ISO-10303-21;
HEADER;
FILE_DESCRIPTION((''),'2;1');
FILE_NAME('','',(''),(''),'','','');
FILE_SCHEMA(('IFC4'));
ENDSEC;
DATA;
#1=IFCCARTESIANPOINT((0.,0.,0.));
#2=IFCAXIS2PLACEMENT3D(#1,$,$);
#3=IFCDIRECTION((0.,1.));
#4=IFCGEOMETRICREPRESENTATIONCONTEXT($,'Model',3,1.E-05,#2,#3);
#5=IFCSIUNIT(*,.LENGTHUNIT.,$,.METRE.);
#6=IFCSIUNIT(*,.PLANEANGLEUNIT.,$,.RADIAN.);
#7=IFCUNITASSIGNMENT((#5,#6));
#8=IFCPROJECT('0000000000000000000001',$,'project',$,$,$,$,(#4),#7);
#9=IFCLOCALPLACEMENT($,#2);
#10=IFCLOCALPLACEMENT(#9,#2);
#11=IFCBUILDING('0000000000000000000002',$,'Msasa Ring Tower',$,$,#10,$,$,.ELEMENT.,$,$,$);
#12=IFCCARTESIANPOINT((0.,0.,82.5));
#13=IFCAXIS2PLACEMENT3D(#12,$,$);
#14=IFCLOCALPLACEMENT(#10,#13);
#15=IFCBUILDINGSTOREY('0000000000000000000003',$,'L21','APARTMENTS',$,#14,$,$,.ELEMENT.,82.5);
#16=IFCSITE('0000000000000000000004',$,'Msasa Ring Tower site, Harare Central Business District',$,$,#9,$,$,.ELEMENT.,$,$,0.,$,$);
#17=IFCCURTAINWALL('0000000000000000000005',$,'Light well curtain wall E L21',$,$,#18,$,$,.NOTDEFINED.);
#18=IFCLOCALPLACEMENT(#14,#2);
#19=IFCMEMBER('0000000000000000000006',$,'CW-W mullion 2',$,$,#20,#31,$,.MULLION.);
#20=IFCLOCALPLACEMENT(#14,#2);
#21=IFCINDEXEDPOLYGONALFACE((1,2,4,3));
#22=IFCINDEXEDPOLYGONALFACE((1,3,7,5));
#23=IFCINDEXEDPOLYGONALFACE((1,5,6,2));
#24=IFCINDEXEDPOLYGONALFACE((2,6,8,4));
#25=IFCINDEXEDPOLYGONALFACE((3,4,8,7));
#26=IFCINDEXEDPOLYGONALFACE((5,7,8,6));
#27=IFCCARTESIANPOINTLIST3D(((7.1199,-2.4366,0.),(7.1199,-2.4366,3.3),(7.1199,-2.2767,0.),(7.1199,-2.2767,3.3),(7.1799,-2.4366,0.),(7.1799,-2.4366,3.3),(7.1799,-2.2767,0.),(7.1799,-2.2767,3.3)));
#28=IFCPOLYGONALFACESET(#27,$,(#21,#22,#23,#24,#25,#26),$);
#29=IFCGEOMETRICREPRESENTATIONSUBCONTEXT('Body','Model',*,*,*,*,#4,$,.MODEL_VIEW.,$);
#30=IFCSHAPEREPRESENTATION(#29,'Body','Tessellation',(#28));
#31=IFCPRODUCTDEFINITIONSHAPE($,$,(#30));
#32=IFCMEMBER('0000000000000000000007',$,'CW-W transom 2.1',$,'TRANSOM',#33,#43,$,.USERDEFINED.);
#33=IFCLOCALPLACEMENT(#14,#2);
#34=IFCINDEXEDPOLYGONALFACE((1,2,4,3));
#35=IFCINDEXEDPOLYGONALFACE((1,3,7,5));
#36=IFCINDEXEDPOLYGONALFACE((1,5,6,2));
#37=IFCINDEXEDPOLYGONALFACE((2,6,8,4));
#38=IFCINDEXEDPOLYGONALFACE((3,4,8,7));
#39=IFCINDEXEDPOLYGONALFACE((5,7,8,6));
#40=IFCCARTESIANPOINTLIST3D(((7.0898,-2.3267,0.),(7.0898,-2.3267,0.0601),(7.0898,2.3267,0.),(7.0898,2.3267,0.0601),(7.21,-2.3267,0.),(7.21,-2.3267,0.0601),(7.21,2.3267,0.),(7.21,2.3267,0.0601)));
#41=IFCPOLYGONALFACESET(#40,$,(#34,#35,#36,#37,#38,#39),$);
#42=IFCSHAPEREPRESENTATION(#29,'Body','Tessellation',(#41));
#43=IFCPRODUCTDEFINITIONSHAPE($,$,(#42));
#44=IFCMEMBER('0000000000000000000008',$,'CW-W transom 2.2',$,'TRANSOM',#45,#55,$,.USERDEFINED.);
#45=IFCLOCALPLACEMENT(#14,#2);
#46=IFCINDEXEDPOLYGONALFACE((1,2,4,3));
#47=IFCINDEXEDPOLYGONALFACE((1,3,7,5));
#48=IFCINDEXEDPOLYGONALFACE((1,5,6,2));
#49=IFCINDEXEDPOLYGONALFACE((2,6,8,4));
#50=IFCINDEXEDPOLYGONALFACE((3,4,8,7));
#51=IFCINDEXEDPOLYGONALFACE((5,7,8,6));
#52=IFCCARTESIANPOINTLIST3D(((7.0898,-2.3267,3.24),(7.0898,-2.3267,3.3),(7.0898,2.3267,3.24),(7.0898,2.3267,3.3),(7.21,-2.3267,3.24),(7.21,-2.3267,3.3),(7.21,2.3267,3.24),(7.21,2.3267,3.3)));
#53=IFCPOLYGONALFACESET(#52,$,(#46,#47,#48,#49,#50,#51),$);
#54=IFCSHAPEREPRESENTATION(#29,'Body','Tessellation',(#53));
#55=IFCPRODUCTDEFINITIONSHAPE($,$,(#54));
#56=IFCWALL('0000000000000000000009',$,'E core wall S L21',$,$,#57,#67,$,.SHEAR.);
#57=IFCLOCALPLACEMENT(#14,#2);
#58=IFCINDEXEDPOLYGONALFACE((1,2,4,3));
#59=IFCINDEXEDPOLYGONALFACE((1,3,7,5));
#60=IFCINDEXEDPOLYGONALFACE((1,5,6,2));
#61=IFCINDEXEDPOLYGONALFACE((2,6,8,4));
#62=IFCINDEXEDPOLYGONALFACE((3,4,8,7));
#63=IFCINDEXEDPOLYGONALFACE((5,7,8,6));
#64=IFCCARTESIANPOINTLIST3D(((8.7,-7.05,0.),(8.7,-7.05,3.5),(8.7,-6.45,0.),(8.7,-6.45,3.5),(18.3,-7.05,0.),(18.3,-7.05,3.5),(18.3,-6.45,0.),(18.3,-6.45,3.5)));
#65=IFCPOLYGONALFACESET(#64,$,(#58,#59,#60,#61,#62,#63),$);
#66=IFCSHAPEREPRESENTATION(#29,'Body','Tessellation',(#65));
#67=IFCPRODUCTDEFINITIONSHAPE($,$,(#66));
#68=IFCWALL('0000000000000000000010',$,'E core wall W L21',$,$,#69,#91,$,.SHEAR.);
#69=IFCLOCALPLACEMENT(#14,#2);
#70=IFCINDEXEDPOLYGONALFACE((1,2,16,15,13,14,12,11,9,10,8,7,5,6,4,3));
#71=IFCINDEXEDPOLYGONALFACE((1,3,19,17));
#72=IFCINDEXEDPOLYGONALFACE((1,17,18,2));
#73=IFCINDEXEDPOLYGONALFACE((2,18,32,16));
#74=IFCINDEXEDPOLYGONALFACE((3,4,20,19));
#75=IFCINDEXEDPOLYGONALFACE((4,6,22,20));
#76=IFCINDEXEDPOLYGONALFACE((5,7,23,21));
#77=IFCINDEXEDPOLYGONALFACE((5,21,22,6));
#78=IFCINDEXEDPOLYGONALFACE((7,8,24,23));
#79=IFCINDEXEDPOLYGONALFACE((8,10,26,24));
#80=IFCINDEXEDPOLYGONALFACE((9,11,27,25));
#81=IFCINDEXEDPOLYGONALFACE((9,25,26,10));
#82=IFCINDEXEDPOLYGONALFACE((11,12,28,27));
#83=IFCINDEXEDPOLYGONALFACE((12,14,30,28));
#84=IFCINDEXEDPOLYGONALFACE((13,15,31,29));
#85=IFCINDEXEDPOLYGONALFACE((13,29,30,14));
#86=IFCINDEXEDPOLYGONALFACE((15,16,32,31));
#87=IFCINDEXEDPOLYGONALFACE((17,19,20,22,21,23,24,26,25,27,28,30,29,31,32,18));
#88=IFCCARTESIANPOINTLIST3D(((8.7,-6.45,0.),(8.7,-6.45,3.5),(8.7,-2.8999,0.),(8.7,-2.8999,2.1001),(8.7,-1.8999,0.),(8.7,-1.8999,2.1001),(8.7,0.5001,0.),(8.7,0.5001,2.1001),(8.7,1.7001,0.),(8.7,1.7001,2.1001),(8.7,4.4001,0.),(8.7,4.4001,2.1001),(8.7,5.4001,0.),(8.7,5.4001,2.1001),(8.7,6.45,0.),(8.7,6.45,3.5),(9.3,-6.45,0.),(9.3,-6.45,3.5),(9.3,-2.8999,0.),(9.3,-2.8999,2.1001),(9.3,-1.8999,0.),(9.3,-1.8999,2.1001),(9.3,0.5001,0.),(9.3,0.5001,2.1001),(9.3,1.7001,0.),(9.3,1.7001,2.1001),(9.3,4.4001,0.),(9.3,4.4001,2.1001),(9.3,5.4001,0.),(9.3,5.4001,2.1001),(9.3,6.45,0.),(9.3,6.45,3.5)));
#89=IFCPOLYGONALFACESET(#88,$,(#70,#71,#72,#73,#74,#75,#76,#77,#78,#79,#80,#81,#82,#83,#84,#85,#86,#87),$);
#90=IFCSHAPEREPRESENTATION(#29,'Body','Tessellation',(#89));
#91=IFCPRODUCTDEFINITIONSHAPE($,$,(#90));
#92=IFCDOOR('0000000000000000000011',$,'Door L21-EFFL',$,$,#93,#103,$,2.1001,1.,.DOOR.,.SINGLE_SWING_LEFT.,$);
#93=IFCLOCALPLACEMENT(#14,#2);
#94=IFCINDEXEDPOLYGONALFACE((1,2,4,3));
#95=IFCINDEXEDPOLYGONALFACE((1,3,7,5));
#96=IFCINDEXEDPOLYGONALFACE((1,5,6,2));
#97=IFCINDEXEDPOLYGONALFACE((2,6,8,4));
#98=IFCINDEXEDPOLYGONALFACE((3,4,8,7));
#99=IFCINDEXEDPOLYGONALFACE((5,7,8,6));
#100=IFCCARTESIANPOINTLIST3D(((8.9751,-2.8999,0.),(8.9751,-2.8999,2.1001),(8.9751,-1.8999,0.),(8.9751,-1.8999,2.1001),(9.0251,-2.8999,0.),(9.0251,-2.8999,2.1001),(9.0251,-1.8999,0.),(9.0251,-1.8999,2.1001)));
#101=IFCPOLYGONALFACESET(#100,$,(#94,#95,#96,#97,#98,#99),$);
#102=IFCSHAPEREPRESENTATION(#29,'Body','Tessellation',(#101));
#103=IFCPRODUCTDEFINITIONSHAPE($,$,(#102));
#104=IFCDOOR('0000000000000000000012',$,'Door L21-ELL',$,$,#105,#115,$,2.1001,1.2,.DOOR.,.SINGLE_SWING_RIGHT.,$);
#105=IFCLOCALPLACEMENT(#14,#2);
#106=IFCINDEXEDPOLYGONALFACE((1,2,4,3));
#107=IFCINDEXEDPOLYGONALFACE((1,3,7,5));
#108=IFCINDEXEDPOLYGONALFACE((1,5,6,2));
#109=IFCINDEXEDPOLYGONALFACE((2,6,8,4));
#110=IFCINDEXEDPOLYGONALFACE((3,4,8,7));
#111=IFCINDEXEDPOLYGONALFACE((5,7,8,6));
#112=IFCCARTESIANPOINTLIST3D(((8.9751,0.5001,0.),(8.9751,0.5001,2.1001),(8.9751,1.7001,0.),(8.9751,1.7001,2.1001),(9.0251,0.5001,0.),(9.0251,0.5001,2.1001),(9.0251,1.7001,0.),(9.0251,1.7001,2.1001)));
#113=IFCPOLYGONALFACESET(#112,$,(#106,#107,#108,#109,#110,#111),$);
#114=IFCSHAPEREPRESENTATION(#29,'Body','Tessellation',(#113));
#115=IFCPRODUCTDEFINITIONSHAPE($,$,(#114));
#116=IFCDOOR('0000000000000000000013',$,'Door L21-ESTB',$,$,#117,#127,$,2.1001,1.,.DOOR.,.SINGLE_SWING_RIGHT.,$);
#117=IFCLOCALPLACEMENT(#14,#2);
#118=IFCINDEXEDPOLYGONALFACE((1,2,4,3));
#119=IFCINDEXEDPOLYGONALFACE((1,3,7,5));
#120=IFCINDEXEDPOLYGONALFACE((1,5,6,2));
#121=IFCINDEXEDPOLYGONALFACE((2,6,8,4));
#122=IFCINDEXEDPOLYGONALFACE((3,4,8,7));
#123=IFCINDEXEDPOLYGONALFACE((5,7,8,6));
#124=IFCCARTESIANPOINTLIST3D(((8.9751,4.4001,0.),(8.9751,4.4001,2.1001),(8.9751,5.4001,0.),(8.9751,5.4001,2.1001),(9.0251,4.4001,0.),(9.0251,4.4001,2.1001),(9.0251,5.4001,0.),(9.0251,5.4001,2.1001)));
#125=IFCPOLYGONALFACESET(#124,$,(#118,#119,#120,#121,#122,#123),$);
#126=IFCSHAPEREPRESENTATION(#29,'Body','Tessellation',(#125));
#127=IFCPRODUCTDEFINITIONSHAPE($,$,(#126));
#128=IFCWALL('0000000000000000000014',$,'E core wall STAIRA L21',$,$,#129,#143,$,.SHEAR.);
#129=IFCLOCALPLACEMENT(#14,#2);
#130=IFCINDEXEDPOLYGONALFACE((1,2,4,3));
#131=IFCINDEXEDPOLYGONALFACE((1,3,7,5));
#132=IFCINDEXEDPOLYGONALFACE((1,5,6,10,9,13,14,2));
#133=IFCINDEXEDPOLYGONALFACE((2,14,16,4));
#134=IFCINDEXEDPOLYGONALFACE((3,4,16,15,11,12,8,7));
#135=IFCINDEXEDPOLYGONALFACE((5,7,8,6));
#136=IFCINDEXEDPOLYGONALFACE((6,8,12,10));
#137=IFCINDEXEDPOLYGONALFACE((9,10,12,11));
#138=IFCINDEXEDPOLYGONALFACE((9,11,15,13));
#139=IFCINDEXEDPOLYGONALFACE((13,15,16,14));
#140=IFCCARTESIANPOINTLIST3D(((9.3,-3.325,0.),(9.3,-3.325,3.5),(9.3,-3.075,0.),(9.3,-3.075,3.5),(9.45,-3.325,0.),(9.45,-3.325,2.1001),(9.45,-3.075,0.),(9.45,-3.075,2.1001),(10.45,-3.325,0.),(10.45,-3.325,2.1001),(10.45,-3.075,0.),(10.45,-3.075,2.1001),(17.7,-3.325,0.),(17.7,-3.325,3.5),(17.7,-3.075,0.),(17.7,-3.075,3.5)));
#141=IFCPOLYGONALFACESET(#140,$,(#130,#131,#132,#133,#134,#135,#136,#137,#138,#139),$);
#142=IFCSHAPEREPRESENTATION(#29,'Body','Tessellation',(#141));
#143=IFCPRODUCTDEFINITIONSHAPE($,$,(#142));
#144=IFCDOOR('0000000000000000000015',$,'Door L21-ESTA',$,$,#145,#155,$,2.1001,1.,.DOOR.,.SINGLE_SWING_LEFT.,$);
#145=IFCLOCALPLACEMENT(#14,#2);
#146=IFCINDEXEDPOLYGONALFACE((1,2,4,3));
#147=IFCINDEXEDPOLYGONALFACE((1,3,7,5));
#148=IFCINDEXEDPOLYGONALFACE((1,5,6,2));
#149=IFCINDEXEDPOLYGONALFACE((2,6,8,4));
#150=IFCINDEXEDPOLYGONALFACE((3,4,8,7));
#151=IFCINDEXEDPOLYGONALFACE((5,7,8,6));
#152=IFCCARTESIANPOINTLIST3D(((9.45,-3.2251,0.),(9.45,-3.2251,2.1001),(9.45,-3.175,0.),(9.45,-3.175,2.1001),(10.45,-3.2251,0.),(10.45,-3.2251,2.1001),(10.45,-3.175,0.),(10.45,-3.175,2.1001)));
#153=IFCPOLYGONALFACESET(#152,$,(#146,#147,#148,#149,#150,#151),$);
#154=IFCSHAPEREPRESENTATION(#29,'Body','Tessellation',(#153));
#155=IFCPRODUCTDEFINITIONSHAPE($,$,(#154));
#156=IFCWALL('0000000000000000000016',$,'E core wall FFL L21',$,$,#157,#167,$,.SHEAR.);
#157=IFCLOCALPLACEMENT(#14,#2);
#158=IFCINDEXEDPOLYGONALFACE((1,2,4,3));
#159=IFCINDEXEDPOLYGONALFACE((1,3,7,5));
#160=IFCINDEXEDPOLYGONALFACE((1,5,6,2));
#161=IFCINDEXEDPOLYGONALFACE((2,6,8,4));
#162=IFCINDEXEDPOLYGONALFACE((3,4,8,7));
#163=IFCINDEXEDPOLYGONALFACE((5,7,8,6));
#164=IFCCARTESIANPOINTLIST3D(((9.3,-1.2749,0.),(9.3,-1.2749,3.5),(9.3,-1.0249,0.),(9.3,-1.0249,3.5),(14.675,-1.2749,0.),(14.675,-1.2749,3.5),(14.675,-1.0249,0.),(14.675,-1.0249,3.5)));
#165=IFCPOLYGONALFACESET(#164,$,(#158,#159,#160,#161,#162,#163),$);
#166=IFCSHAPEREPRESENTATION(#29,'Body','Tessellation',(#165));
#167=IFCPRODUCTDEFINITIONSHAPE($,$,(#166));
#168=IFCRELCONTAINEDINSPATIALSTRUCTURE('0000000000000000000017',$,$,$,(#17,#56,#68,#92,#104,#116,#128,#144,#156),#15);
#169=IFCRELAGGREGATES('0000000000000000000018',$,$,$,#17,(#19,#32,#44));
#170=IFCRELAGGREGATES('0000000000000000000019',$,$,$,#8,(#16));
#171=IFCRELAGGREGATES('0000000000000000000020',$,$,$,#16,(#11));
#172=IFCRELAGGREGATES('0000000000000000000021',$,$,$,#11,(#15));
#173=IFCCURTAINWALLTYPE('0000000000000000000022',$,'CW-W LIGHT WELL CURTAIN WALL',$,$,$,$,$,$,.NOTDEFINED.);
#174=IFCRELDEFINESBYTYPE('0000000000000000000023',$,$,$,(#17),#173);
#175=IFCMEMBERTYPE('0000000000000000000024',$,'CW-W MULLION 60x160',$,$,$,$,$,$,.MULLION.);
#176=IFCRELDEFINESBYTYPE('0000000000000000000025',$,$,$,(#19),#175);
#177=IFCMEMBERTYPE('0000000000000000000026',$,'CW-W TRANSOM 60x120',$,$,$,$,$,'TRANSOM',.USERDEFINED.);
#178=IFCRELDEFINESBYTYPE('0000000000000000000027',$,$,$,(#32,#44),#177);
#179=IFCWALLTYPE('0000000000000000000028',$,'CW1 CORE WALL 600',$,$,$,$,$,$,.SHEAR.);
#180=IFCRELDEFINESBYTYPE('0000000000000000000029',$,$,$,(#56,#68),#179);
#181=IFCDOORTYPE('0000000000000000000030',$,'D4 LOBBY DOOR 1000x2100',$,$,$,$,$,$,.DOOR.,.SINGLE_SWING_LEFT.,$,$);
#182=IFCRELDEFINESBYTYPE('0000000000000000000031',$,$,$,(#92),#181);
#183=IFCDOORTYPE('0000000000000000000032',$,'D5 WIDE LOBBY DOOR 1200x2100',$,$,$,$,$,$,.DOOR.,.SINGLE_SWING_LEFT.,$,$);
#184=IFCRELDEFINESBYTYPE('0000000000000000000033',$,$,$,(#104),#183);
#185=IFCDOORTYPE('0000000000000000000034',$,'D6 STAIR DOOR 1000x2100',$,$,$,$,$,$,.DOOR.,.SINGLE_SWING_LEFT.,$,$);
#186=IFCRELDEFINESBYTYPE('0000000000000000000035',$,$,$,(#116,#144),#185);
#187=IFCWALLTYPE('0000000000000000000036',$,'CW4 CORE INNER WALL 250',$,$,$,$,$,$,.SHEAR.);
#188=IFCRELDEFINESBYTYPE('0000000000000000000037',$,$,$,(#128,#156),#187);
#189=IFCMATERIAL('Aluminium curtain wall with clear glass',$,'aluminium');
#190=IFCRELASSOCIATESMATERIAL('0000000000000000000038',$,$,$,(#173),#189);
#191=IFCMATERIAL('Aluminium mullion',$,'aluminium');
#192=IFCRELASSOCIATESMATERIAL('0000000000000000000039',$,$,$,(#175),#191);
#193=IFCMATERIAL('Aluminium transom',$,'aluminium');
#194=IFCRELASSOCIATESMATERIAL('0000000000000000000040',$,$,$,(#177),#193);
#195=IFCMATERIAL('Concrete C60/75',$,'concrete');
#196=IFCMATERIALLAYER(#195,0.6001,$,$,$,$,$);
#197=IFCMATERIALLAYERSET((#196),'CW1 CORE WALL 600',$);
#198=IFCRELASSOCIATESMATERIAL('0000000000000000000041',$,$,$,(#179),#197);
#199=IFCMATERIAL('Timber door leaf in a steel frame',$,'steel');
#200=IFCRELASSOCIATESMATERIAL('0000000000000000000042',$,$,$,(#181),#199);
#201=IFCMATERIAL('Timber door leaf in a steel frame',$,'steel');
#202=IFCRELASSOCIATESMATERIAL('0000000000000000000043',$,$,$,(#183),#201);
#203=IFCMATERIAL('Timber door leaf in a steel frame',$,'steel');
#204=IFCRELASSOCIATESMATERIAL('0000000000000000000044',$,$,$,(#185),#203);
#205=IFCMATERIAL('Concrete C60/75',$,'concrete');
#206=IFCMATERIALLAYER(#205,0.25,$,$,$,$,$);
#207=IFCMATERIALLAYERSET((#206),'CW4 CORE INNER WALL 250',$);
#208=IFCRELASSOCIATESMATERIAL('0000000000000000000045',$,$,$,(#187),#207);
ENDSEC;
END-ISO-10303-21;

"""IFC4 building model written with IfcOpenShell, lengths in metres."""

from ifc_helpers import new_model, si_unit, direction, frame, frame_2d, origin, origin_2d, place, context, subcontext, project, spatial, rectangle, extrude, material, layer, layer_set, material_profile, profile_set, type_object, element, fill, aggregate, save


model = new_model("IFC4")

# Units and contexts
model_context = context("Model", 3, precision=1e-05, world=origin(), true_north=direction((0.0, 1.0)))
body_context = subcontext(model_context, "Body", "Model", "MODEL_VIEW")
ifc_project = project(units=[si_unit("LENGTHUNIT", "METRE"), si_unit("PLANEANGLEUNIT", "RADIAN")], contexts=[model_context])

# Site, building, storey
site_placement = place(None, origin())
site = spatial("IfcSite", under=ifc_project, at=site_placement, Name="Msasa Ring Tower site, Harare Central Business District", CompositionType="ELEMENT", RefElevation=0.0)
building_placement = place(site_placement, origin())
building = spatial("IfcBuilding", under=site, at=building_placement, Name="Msasa Ring Tower", CompositionType="ELEMENT")
storey_placement = place(building_placement, frame((0.0, 0.0, 82.5)))
storey = spatial("IfcBuildingStorey", under=building, at=storey_placement, Name="L21", Description="APARTMENTS", CompositionType="ELEMENT", Elevation=82.5)

# Curtain wall, members
ifc_material_1 = material(Name="Aluminium curtain wall with clear glass", Category="aluminium")
curtain_wall_type = type_object("IfcCurtainWallType", Name="CW-W LIGHT WELL CURTAIN WALL", PredefinedType="NOTDEFINED", material=ifc_material_1)
curtain_wall_placement = place(storey_placement, origin())
curtain_wall = element("IfcCurtainWall", 1, at=curtain_wall_placement, inside=storey, type_object=curtain_wall_type, Name="Light well curtain wall E L21", PredefinedType="NOTDEFINED")
ifc_material_2 = material(Name="Aluminium mullion", Category="aluminium")
ifc_material_profile_1 = material_profile(ifc_material_2, rectangle(XDim=0.0601, YDim=0.1599, at=origin_2d()), Name="AL 60x160")
ifc_profile_set_1 = profile_set([ifc_material_profile_1], Name="Aluminium mullion")
member_type_1 = type_object("IfcMemberType", Name="CW-W MULLION 60x160", PredefinedType="MULLION", material=ifc_profile_set_1)
member_1_placement = place(storey_placement, frame((7.1499, -2.3567, 0.0), z_axis=(0.0, 0.0, 1.0), x_axis=(-1.0, 0.0, 0.0)))
member_1 = element("IfcMember", 2, at=member_1_placement, type_object=member_type_1, Name="CW-W mullion 2", PredefinedType="MULLION", context=body_context, shape_type="SweptSolid", body=[
    extrude(rectangle(XDim=0.0601, YDim=0.1599, at=origin_2d()), origin(), (0.0, 0.0, 1.0), 3.3),
])
ifc_material_3 = material(Name="Aluminium transom", Category="aluminium")
ifc_material_profile_2 = material_profile(ifc_material_3, rectangle(XDim=0.1201, YDim=0.0601, at=origin_2d()), Name="AL 60x120")
ifc_profile_set_2 = profile_set([ifc_material_profile_2], Name="Aluminium transom")
member_type_2 = type_object("IfcMemberType", Name="CW-W TRANSOM 60x120", ElementType="TRANSOM", PredefinedType="USERDEFINED", material=ifc_profile_set_2)
member_2_placement = place(storey_placement, frame((7.1499, -2.3267, 0.03), z_axis=(0.0, 1.0, 0.0), x_axis=(-1.0, 0.0, 0.0)))
member_2 = element("IfcMember", 3, at=member_2_placement, type_object=member_type_2, Name="CW-W transom 2.1", ObjectType="TRANSOM", PredefinedType="USERDEFINED", context=body_context, shape_type="SweptSolid", body=[
    extrude(rectangle(XDim=0.1201, YDim=0.0601, at=origin_2d()), origin(), (0.0, 0.0, 1.0), 4.6533),
])
member_3_placement = place(storey_placement, frame((7.1499, -2.3267, 3.27), z_axis=(0.0, 1.0, 0.0), x_axis=(-1.0, 0.0, 0.0)))
member_3 = element("IfcMember", 4, at=member_3_placement, type_object=member_type_2, Name="CW-W transom 2.2", ObjectType="TRANSOM", PredefinedType="USERDEFINED", context=body_context, shape_type="SweptSolid", body=[
    extrude(rectangle(XDim=0.1201, YDim=0.0601, at=origin_2d()), origin(), (0.0, 0.0, 1.0), 4.6533),
])
aggregate(curtain_wall, [member_1, member_2, member_3])

# Wall
ifc_material_4 = material(Name="Concrete C60/75", Category="concrete")
ifc_layer_1 = layer(ifc_material_4, 0.6001)
ifc_layer_set_1 = layer_set([ifc_layer_1], Name="CW1 CORE WALL 600")
wall_type_1 = type_object("IfcWallType", Name="CW1 CORE WALL 600", PredefinedType="SHEAR", material=ifc_layer_set_1)
wall_1_placement = place(storey_placement, frame((8.7, -6.75, 0.0), z_axis=(0.0, 0.0, 1.0), x_axis=(1.0, 0.0, 0.0)))
element("IfcWall", 5, at=wall_1_placement, inside=storey, type_object=wall_type_1, Name="E core wall S L21", PredefinedType="SHEAR", context=body_context, shape_type="SweptSolid", body=[
    extrude(rectangle(XDim=9.6001, YDim=0.6001, at=frame_2d((4.8, 0.0))), origin(), (0.0, 0.0, 1.0), 3.5),
])

# Wall, openings, doors
wall_2_placement = place(storey_placement, frame((9.0, -6.45, 0.0), z_axis=(0.0, 0.0, 1.0), x_axis=(0.0, 1.0, 0.0)))
wall_2 = element("IfcWall", 6, at=wall_2_placement, inside=storey, type_object=wall_type_1, Name="E core wall W L21", PredefinedType="SHEAR", context=body_context, shape_type="SweptSolid", body=[
    extrude(rectangle(XDim=12.8999, YDim=0.6001, at=frame_2d((6.45, 0.0))), origin(), (0.0, 0.0, 1.0), 3.5),
])
opening_1_placement = place(wall_2_placement, frame((3.55, 0.0, 0.0)))
opening_1 = element("IfcOpeningElement", 7, at=opening_1_placement, cuts=wall_2, PredefinedType="OPENING", context=body_context, shape_type="SweptSolid", body=[
    extrude(rectangle(XDim=1.0, YDim=2.1001, at=frame_2d((0.5, 1.05))), frame((0.0, 0.3101, 0.0), z_axis=(0.0, -1.0, 0.0), x_axis=(1.0, 0.0, 0.0)), (0.0, 0.0, 1.0), 0.6201),
])
opening_2_placement = place(wall_2_placement, frame((6.95, 0.0, 0.0)))
opening_2 = element("IfcOpeningElement", 8, at=opening_2_placement, cuts=wall_2, PredefinedType="OPENING", context=body_context, shape_type="SweptSolid", body=[
    extrude(rectangle(XDim=1.2, YDim=2.1001, at=frame_2d((0.6001, 1.05))), frame((0.0, 0.3101, 0.0), z_axis=(0.0, -1.0, 0.0), x_axis=(1.0, 0.0, 0.0)), (0.0, 0.0, 1.0), 0.6201),
])
opening_3_placement = place(wall_2_placement, frame((10.8501, 0.0, 0.0)))
opening_3 = element("IfcOpeningElement", 9, at=opening_3_placement, cuts=wall_2, PredefinedType="OPENING", context=body_context, shape_type="SweptSolid", body=[
    extrude(rectangle(XDim=1.0, YDim=2.1001, at=frame_2d((0.5, 1.05))), frame((0.0, 0.3101, 0.0), z_axis=(0.0, -1.0, 0.0), x_axis=(1.0, 0.0, 0.0)), (0.0, 0.0, 1.0), 0.6201),
])
ifc_material_5 = material(Name="Timber door leaf in a steel frame", Category="steel")
door_type_1 = type_object("IfcDoorType", Name="D4 LOBBY DOOR 1000x2100", OperationType="SINGLE_SWING_LEFT", PredefinedType="DOOR", material=ifc_material_5)
door_1_placement = place(opening_1_placement, origin())
door_1 = element("IfcDoor", 10, at=door_1_placement, inside=storey, type_object=door_type_1, Name="Door L21-EFFL", OperationType="SINGLE_SWING_LEFT", OverallHeight=2.1001, OverallWidth=1.0, PredefinedType="DOOR", context=body_context, shape_type="SweptSolid", body=[
    extrude(rectangle(XDim=1.0, YDim=2.1001, at=frame_2d((0.5, 1.05))), frame((0.0, 0.0249, 0.0), z_axis=(0.0, -1.0, 0.0), x_axis=(1.0, 0.0, 0.0)), (0.0, 0.0, 1.0), 0.05),
])
fill(opening_1, door_1)
ifc_material_6 = material(Name="Timber door leaf in a steel frame", Category="steel")
door_type_2 = type_object("IfcDoorType", Name="D5 WIDE LOBBY DOOR 1200x2100", OperationType="SINGLE_SWING_LEFT", PredefinedType="DOOR", material=ifc_material_6)
door_2_placement = place(opening_2_placement, origin())
door_2 = element("IfcDoor", 11, at=door_2_placement, inside=storey, type_object=door_type_2, Name="Door L21-ELL", OperationType="SINGLE_SWING_RIGHT", OverallHeight=2.1001, OverallWidth=1.2, PredefinedType="DOOR", context=body_context, shape_type="SweptSolid", body=[
    extrude(rectangle(XDim=1.2, YDim=2.1001, at=frame_2d((0.6001, 1.05))), frame((0.0, 0.0249, 0.0), z_axis=(0.0, -1.0, 0.0), x_axis=(1.0, 0.0, 0.0)), (0.0, 0.0, 1.0), 0.05),
])
fill(opening_2, door_2)
ifc_material_7 = material(Name="Timber door leaf in a steel frame", Category="steel")
door_type_3 = type_object("IfcDoorType", Name="D6 STAIR DOOR 1000x2100", OperationType="SINGLE_SWING_LEFT", PredefinedType="DOOR", material=ifc_material_7)
door_3_placement = place(opening_3_placement, origin())
door_3 = element("IfcDoor", 12, at=door_3_placement, inside=storey, type_object=door_type_3, Name="Door L21-ESTB", OperationType="SINGLE_SWING_RIGHT", OverallHeight=2.1001, OverallWidth=1.0, PredefinedType="DOOR", context=body_context, shape_type="SweptSolid", body=[
    extrude(rectangle(XDim=1.0, YDim=2.1001, at=frame_2d((0.5, 1.05))), frame((0.0, 0.0249, 0.0), z_axis=(0.0, -1.0, 0.0), x_axis=(1.0, 0.0, 0.0)), (0.0, 0.0, 1.0), 0.05),
])
fill(opening_3, door_3)

# Wall, opening, door
ifc_material_8 = material(Name="Concrete C60/75", Category="concrete")
ifc_layer_2 = layer(ifc_material_8, 0.25)
ifc_layer_set_2 = layer_set([ifc_layer_2], Name="CW4 CORE INNER WALL 250")
wall_type_2 = type_object("IfcWallType", Name="CW4 CORE INNER WALL 250", PredefinedType="SHEAR", material=ifc_layer_set_2)
wall_3_placement = place(storey_placement, frame((9.3, -3.2, 0.0), z_axis=(0.0, 0.0, 1.0), x_axis=(1.0, 0.0, 0.0)))
wall_3 = element("IfcWall", 13, at=wall_3_placement, inside=storey, type_object=wall_type_2, Name="E core wall STAIRA L21", PredefinedType="SHEAR", context=body_context, shape_type="SweptSolid", body=[
    extrude(rectangle(XDim=8.3999, YDim=0.25, at=frame_2d((4.2, 0.0))), origin(), (0.0, 0.0, 1.0), 3.5),
])
opening_4_placement = place(wall_3_placement, frame((0.1499, 0.0, 0.0)))
opening_4 = element("IfcOpeningElement", 14, at=opening_4_placement, cuts=wall_3, PredefinedType="OPENING", context=body_context, shape_type="SweptSolid", body=[
    extrude(rectangle(XDim=1.0, YDim=2.1001, at=frame_2d((0.5, 1.05))), frame((0.0, 0.135, 0.0), z_axis=(0.0, -1.0, 0.0), x_axis=(1.0, 0.0, 0.0)), (0.0, 0.0, 1.0), 0.27),
])
door_4_placement = place(opening_4_placement, origin())
door_4 = element("IfcDoor", 15, at=door_4_placement, inside=storey, type_object=door_type_3, Name="Door L21-ESTA", OperationType="SINGLE_SWING_LEFT", OverallHeight=2.1001, OverallWidth=1.0, PredefinedType="DOOR", context=body_context, shape_type="SweptSolid", body=[
    extrude(rectangle(XDim=1.0, YDim=2.1001, at=frame_2d((0.5, 1.05))), frame((0.0, 0.0249, 0.0), z_axis=(0.0, -1.0, 0.0), x_axis=(1.0, 0.0, 0.0)), (0.0, 0.0, 1.0), 0.05),
])
fill(opening_4, door_4)

# Wall
wall_4_placement = place(storey_placement, frame((9.3, -1.1499, 0.0), z_axis=(0.0, 0.0, 1.0), x_axis=(1.0, 0.0, 0.0)))
element("IfcWall", 16, at=wall_4_placement, inside=storey, type_object=wall_type_2, Name="E core wall FFL L21", PredefinedType="SHEAR", context=body_context, shape_type="SweptSolid", body=[
    extrude(rectangle(XDim=5.375, YDim=0.25, at=frame_2d((2.6875, 0.0))), origin(), (0.0, 0.0, 1.0), 3.5),
])

save(model, "model.ifc")
